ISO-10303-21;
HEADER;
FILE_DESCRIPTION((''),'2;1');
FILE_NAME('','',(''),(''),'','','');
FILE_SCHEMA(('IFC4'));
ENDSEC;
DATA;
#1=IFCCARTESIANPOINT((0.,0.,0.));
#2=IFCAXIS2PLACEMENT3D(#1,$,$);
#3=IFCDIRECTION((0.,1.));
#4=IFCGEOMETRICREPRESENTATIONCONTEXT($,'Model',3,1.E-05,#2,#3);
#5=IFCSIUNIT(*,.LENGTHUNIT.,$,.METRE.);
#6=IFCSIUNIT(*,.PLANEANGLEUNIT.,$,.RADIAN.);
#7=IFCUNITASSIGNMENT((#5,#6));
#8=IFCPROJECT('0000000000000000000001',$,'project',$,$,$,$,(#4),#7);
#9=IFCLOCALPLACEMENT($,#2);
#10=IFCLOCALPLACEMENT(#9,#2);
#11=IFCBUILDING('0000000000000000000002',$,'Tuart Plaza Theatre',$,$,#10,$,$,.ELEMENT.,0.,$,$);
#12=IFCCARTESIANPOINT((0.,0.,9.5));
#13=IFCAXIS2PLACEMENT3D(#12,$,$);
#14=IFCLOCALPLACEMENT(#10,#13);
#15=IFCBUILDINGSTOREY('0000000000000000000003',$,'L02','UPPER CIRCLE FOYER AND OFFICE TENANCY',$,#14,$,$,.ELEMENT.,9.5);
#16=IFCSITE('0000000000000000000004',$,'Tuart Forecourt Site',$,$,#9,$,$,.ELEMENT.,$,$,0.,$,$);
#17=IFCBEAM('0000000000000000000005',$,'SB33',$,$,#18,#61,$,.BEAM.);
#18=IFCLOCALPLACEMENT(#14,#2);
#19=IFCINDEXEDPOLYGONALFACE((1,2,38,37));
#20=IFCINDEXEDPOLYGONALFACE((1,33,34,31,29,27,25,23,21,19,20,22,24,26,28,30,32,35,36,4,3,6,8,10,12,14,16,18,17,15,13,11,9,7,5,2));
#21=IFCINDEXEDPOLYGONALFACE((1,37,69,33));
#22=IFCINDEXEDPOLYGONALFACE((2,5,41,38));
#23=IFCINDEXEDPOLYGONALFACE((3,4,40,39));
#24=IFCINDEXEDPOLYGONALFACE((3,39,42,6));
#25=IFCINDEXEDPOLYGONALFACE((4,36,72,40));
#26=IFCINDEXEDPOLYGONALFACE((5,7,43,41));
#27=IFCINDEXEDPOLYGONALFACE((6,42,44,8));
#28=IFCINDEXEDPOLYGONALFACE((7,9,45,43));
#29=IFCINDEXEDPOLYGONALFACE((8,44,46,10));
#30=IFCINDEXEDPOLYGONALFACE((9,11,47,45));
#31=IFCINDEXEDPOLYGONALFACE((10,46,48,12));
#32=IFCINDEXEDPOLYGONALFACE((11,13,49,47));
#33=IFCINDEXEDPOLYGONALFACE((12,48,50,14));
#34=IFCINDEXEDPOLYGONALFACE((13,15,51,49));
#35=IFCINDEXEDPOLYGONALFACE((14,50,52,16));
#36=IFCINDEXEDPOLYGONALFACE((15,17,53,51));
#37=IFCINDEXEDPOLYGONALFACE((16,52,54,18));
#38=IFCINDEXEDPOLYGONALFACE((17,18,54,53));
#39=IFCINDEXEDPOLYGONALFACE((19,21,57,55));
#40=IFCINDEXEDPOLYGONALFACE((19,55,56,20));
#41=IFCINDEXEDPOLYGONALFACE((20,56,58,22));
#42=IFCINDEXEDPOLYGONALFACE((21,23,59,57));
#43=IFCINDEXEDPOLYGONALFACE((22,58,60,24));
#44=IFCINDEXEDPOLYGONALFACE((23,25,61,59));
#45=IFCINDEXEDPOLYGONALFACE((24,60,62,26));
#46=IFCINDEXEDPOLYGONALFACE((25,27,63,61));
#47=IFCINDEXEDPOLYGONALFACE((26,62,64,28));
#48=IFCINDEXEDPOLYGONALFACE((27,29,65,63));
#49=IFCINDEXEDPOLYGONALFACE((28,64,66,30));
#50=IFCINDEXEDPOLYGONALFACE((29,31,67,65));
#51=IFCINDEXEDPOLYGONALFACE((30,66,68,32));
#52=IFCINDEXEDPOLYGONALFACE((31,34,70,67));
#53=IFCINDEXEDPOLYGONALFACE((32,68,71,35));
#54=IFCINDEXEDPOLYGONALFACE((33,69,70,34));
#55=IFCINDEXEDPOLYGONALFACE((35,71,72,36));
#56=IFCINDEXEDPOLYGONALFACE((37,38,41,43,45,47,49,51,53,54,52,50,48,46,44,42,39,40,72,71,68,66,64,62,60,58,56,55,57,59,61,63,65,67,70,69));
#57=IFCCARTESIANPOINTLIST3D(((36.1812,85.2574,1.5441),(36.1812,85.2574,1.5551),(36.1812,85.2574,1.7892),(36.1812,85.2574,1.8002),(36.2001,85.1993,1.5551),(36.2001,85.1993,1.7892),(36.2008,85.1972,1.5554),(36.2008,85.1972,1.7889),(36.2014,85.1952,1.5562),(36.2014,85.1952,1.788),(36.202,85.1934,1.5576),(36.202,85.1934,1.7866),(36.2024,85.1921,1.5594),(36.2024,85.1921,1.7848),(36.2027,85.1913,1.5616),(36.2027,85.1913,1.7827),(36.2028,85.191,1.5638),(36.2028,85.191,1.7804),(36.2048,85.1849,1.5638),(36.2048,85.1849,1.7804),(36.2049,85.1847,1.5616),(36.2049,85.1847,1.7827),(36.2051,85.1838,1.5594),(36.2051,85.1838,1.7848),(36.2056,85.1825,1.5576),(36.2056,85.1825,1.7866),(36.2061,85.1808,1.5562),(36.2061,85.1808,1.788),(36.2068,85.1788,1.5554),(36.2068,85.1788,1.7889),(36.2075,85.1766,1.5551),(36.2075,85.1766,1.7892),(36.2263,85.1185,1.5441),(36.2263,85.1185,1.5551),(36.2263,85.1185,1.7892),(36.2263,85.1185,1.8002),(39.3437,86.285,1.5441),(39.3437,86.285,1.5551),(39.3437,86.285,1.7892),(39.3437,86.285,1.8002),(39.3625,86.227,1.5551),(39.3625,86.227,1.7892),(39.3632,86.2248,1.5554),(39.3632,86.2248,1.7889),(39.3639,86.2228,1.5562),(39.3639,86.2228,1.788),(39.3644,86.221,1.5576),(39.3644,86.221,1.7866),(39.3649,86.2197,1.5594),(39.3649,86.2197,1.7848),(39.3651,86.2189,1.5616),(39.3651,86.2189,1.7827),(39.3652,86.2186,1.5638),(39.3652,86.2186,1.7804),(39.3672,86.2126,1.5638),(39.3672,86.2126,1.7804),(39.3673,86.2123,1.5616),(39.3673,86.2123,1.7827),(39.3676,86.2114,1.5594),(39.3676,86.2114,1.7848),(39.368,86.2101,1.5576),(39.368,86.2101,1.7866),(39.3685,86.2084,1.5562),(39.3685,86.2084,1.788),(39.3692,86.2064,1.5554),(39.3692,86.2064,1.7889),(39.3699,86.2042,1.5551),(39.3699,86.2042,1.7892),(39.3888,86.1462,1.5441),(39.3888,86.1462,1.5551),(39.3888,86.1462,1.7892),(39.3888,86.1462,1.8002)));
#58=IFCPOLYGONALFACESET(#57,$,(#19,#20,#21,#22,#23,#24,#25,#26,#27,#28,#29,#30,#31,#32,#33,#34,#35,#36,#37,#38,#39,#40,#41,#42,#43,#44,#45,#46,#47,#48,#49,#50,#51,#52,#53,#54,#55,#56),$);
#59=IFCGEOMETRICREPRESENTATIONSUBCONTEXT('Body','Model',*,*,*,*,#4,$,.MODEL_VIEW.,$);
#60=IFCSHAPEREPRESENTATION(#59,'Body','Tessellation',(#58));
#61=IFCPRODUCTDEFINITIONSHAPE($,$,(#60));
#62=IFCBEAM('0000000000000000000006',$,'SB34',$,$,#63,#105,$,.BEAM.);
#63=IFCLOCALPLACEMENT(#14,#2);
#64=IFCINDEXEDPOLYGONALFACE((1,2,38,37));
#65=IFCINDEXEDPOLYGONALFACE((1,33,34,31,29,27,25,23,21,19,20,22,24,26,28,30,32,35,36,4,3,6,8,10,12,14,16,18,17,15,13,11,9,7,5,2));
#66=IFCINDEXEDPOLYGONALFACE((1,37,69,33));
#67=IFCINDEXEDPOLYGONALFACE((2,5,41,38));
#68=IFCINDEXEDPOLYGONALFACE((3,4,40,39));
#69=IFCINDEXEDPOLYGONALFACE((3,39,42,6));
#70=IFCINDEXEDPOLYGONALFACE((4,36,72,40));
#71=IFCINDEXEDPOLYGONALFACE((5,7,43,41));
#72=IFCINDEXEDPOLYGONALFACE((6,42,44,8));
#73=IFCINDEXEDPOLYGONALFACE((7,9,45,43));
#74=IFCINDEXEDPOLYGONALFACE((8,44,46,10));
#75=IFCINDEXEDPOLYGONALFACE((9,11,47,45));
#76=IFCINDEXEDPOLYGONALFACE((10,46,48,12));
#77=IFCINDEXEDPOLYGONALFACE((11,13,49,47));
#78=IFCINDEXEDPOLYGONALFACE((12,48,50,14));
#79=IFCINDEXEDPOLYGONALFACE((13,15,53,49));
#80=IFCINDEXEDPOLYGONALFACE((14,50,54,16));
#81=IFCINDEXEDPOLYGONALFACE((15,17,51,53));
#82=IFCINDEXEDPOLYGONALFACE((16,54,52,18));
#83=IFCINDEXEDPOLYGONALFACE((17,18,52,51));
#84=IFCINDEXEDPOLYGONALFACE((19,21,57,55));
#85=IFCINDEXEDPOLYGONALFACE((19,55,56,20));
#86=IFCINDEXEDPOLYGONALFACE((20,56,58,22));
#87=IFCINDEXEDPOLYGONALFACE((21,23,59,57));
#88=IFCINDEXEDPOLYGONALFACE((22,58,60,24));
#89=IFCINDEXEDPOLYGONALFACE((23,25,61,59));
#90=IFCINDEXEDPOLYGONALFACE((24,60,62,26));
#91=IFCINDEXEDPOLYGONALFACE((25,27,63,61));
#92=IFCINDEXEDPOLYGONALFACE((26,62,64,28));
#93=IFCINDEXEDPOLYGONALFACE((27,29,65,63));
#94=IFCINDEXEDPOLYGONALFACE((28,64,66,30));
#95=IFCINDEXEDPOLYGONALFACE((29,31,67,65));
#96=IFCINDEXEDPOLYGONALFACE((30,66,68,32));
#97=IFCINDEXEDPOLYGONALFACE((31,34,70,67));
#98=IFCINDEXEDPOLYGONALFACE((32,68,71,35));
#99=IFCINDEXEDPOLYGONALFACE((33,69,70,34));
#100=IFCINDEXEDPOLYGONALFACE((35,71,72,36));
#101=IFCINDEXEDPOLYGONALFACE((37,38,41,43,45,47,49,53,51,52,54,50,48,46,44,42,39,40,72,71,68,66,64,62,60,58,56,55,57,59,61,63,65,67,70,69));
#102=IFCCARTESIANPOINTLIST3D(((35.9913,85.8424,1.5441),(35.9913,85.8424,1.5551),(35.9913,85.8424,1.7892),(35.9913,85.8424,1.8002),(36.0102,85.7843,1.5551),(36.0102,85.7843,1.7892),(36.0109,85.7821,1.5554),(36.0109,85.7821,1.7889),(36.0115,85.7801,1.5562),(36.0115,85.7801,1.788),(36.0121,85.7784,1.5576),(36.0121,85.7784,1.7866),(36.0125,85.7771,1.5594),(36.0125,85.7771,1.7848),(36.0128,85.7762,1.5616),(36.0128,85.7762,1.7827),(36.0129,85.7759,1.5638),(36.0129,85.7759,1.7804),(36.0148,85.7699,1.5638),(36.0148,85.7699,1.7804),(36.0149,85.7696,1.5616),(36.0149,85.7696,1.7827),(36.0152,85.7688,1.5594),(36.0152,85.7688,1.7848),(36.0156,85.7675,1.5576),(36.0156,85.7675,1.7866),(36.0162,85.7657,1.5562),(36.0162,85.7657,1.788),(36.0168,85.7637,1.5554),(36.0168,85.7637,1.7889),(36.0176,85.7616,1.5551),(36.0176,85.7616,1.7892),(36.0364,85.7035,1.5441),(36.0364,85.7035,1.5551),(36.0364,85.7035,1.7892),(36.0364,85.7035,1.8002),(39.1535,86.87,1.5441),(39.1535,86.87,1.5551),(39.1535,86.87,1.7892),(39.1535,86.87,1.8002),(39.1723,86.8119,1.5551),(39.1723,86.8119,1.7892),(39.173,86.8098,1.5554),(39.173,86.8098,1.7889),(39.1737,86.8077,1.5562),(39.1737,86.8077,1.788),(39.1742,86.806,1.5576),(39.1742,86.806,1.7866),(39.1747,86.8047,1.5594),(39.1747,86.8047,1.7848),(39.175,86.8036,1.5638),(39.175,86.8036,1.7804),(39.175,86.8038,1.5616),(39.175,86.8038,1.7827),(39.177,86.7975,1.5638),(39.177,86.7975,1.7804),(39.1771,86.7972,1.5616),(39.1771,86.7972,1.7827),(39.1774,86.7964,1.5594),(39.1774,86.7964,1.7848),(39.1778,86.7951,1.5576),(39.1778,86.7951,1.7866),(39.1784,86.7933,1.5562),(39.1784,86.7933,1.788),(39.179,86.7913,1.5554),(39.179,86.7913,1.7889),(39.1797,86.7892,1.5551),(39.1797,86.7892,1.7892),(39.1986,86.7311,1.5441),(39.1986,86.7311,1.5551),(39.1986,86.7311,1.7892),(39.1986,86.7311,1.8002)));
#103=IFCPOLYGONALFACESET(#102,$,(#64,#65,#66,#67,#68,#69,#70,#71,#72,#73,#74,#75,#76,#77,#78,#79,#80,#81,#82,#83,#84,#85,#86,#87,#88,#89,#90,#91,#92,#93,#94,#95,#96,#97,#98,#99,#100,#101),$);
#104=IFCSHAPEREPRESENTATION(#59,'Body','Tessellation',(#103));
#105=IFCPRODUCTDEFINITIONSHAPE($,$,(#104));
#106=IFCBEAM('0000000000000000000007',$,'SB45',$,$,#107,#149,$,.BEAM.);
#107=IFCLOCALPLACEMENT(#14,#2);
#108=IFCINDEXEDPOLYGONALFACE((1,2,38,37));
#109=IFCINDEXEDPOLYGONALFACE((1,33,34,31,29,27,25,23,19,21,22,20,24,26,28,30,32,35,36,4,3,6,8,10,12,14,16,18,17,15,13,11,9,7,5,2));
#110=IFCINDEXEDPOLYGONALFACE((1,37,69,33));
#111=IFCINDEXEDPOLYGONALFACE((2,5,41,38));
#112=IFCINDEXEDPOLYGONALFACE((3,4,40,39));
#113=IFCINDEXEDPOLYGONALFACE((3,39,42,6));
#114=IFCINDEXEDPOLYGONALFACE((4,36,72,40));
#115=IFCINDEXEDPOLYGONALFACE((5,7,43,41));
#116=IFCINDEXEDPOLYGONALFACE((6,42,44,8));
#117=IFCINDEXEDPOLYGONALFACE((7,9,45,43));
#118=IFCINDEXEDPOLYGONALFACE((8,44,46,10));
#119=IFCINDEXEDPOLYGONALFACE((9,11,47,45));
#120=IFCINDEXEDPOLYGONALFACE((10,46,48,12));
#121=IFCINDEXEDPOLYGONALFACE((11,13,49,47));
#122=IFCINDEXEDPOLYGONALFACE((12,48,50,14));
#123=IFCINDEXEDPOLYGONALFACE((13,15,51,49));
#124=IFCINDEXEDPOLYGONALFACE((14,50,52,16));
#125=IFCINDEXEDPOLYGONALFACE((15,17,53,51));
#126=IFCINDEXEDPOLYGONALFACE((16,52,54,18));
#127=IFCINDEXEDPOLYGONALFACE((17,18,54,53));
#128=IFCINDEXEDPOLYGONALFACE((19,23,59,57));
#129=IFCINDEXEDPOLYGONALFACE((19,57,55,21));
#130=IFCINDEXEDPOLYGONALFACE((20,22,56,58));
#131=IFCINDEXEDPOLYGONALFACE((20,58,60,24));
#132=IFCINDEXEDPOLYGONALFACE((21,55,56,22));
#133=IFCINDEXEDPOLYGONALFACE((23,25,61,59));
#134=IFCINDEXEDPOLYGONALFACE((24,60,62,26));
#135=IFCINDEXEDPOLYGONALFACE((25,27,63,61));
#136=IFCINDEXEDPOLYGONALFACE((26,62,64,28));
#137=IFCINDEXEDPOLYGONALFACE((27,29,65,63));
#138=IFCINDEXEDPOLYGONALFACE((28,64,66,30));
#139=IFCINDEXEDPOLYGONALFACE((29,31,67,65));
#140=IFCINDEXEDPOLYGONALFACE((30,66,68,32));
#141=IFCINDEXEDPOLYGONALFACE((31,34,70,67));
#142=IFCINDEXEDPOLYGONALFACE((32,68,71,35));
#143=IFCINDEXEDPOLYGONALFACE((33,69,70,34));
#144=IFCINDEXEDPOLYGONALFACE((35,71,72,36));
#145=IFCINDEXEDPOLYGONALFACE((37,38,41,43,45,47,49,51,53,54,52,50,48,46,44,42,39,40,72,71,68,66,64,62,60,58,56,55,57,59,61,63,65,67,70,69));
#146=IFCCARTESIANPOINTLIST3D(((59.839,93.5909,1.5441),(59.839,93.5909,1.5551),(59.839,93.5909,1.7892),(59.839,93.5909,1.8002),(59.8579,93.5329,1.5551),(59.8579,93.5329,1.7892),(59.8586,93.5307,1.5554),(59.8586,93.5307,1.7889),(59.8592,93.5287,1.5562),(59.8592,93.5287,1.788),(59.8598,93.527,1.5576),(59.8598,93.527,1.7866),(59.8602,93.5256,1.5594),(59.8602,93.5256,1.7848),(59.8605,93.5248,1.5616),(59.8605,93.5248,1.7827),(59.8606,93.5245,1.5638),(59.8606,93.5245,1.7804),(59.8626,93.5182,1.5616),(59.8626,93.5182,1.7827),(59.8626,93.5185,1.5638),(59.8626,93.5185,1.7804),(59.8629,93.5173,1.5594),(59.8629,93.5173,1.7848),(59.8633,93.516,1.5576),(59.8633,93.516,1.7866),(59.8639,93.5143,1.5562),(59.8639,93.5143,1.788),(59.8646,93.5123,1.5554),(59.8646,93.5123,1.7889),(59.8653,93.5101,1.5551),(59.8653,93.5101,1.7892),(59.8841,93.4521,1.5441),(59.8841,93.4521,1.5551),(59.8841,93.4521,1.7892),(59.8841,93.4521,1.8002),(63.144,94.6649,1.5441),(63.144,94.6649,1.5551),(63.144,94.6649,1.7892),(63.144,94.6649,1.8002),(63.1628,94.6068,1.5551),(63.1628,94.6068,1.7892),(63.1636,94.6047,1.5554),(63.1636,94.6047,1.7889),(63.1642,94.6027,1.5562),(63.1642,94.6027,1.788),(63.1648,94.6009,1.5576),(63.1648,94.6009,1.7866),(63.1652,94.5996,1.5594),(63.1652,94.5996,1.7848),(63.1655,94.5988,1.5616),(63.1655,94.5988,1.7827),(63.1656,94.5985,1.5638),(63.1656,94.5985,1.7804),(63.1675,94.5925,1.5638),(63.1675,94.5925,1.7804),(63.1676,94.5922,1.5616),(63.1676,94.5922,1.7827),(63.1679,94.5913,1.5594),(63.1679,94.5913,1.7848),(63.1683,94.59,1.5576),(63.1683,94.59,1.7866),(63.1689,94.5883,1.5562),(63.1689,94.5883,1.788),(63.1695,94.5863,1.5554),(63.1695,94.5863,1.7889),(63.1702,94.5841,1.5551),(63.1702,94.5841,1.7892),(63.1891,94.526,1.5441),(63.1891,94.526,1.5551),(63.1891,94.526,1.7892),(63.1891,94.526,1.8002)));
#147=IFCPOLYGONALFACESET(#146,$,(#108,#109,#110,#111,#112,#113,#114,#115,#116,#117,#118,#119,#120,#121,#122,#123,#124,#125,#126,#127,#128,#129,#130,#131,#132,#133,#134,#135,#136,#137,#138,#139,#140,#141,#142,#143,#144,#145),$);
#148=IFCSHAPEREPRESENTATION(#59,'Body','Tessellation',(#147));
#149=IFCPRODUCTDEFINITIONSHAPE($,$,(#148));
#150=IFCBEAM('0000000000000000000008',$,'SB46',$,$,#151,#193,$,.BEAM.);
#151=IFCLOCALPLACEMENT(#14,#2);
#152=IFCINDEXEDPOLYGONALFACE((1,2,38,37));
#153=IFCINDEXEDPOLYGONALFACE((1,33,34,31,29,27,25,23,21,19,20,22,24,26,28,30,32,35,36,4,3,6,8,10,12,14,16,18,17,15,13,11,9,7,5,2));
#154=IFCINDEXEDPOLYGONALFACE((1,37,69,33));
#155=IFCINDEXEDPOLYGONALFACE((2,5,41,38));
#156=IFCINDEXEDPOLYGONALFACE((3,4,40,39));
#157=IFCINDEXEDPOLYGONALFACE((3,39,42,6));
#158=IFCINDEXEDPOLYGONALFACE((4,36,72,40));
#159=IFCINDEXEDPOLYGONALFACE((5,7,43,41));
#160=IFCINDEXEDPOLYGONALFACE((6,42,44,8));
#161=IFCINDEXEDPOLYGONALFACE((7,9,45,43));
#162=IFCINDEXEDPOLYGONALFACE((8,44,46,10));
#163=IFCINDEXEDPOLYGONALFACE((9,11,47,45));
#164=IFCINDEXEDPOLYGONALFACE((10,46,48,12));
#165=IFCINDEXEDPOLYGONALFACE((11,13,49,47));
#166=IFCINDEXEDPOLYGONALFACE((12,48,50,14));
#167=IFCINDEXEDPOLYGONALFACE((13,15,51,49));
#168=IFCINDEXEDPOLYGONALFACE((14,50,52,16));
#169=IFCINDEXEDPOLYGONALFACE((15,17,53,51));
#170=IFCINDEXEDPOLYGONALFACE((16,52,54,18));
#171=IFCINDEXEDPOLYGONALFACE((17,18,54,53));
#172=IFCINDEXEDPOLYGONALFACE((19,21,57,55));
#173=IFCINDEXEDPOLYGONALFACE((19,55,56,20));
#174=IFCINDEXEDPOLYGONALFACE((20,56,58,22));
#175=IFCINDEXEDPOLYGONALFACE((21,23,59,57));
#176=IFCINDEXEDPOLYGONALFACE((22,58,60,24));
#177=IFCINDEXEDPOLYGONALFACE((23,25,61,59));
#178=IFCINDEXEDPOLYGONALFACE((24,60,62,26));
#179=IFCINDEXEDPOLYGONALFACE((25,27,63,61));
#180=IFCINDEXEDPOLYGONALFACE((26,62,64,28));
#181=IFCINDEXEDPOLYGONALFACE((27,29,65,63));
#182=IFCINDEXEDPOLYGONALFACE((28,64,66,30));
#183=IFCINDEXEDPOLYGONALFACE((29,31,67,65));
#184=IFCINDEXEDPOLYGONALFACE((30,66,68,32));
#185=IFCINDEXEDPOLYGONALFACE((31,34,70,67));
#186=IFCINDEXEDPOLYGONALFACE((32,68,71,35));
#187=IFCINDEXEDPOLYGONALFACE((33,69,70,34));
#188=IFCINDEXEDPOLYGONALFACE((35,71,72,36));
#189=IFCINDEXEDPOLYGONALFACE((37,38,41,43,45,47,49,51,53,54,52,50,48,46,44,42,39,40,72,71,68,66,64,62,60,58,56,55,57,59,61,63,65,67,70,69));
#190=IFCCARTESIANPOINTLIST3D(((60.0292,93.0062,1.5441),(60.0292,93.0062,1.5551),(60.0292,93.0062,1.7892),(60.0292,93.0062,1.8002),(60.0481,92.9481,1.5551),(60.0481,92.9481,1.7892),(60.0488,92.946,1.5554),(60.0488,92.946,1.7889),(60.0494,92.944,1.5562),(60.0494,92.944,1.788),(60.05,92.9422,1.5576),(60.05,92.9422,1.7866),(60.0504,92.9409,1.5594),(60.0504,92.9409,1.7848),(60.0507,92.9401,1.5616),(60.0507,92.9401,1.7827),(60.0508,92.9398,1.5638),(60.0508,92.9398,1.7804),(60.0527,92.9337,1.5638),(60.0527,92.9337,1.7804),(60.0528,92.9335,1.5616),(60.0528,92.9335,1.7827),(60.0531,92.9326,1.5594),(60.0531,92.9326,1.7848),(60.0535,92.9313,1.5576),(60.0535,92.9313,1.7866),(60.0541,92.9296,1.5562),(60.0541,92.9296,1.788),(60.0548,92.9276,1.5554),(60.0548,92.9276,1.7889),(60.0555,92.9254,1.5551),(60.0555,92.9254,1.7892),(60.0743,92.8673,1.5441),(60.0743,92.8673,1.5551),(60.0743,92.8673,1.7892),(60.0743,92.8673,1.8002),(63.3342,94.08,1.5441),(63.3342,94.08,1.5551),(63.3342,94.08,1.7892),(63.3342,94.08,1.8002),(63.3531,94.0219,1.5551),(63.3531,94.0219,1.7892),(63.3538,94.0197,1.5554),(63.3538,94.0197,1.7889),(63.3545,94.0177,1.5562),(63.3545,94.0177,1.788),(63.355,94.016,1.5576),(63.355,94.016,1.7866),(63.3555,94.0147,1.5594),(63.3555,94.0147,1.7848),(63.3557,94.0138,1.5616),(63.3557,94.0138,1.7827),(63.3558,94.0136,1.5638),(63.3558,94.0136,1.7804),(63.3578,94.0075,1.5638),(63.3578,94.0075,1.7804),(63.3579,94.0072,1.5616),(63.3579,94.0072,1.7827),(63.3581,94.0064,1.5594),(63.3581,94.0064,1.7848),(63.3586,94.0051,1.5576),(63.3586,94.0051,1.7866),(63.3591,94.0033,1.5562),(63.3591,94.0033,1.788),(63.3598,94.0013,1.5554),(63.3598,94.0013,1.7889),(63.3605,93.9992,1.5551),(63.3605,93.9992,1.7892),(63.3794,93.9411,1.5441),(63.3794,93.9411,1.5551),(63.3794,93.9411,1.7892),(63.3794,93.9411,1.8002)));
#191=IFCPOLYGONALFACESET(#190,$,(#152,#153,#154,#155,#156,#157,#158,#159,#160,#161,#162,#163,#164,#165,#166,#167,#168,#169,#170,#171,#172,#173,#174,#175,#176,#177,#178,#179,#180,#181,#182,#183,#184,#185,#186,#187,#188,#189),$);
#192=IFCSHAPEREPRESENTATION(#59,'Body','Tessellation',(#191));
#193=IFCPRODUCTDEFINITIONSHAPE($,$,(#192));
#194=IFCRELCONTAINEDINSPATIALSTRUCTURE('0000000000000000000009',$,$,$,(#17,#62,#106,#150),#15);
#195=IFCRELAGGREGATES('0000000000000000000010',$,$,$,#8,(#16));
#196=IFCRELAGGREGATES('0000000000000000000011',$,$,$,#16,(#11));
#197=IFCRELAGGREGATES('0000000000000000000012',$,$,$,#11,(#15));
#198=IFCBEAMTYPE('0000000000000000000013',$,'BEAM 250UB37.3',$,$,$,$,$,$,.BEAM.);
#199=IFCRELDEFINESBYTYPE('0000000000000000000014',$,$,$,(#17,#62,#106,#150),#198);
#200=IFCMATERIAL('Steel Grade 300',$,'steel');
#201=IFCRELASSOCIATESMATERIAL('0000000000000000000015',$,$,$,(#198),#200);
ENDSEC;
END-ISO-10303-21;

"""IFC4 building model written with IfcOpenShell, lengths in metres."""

from ifc_helpers import new_model, si_unit, direction, frame, origin, origin_2d, place, context, subcontext, project, spatial, i_section, extrude, material, material_profile, profile_set, type_object, element, save


model = new_model("IFC4")

# Units and contexts
model_context = context("Model", 3, precision=1e-05, world=origin(), true_north=direction((0.0, 1.0)))
body_context = subcontext(model_context, "Body", "Model", "MODEL_VIEW")
ifc_project = project(units=[si_unit("LENGTHUNIT", "METRE"), si_unit("PLANEANGLEUNIT", "RADIAN")], contexts=[model_context])

# Site, building, storey
site_placement = place(None, origin())
site = spatial("IfcSite", under=ifc_project, at=site_placement, Name="Tuart Forecourt Site", CompositionType="ELEMENT", RefElevation=0.0)
building_placement = place(site_placement, origin())
building = spatial("IfcBuilding", under=site, at=building_placement, Name="Tuart Plaza Theatre", CompositionType="ELEMENT", ElevationOfRefHeight=0.0)
storey_placement = place(building_placement, frame((0.0, 0.0, 9.5)))
storey = spatial("IfcBuildingStorey", under=building, at=storey_placement, Name="L02", Description="UPPER CIRCLE FOYER AND OFFICE TENANCY", CompositionType="ELEMENT", Elevation=9.5)

# Beams
ifc_material_1 = material(Name="Steel Grade 300", Category="steel")
ifc_material_profile_1 = material_profile(ifc_material_1, i_section(OverallWidth=0.146, OverallDepth=0.2561, WebThickness=0.0063, FlangeThickness=0.011, FilletRadius=0.0088, at=origin_2d()), Name="250UB37.3")
ifc_profile_set_1 = profile_set([ifc_material_profile_1], Name="Steel Grade 300")
beam_type_1 = type_object("IfcBeamType", Name="BEAM 250UB37.3", PredefinedType="BEAM", material=ifc_profile_set_1)
beam_1_placement = place(storey_placement, frame((39.3662, 86.2156, 1.6721), z_axis=(-0.95105, -0.309038, 0.0), x_axis=(0.309038, -0.95105, 0.0)))
element("IfcBeam", 1, at=beam_1_placement, inside=storey, type_object=beam_type_1, Name="SB33", PredefinedType="BEAM", context=body_context, shape_type="SweptSolid", body=[
    extrude(i_section(OverallWidth=0.146, OverallDepth=0.2561, WebThickness=0.0063, FlangeThickness=0.011, FilletRadius=0.0088, at=origin_2d()), origin(), (0.0, 0.0, 1.0), 3.3252),
])
beam_2_placement = place(storey_placement, frame((39.176, 86.8005, 1.6721), z_axis=(-0.951043, -0.30906, 0.0), x_axis=(0.30906, -0.951043, 0.0)))
element("IfcBeam", 2, at=beam_2_placement, inside=storey, type_object=beam_type_1, Name="SB34", PredefinedType="BEAM", context=body_context, shape_type="SweptSolid", body=[
    extrude(i_section(OverallWidth=0.146, OverallDepth=0.2561, WebThickness=0.0063, FlangeThickness=0.011, FilletRadius=0.0088, at=origin_2d()), origin(), (0.0, 0.0, 1.0), 3.325),
])
for number, where, z_axis, x_axis, name in (
    (3, (59.8616, 93.5215, 1.6721), (0.951045, 0.309053, 0.0), (-0.309053, 0.951045, 0.0), "SB45"),
    (4, (60.0518, 92.9368, 1.6721), (0.951066, 0.308989, 0.0), (-0.308989, 0.951066, 0.0), "SB46"),
):
    element("IfcBeam", number, at=place(storey_placement, frame(where, z_axis=z_axis, x_axis=x_axis)), inside=storey, type_object=beam_type_1, Name=name, PredefinedType="BEAM", context=body_context, shape_type="SweptSolid", body=[
        extrude(i_section(OverallWidth=0.146, OverallDepth=0.2561, WebThickness=0.0063, FlangeThickness=0.011, FilletRadius=0.0088, at=origin_2d()), origin(), (0.0, 0.0, 1.0), 3.4751),
    ])

save(model, "model.ifc")
